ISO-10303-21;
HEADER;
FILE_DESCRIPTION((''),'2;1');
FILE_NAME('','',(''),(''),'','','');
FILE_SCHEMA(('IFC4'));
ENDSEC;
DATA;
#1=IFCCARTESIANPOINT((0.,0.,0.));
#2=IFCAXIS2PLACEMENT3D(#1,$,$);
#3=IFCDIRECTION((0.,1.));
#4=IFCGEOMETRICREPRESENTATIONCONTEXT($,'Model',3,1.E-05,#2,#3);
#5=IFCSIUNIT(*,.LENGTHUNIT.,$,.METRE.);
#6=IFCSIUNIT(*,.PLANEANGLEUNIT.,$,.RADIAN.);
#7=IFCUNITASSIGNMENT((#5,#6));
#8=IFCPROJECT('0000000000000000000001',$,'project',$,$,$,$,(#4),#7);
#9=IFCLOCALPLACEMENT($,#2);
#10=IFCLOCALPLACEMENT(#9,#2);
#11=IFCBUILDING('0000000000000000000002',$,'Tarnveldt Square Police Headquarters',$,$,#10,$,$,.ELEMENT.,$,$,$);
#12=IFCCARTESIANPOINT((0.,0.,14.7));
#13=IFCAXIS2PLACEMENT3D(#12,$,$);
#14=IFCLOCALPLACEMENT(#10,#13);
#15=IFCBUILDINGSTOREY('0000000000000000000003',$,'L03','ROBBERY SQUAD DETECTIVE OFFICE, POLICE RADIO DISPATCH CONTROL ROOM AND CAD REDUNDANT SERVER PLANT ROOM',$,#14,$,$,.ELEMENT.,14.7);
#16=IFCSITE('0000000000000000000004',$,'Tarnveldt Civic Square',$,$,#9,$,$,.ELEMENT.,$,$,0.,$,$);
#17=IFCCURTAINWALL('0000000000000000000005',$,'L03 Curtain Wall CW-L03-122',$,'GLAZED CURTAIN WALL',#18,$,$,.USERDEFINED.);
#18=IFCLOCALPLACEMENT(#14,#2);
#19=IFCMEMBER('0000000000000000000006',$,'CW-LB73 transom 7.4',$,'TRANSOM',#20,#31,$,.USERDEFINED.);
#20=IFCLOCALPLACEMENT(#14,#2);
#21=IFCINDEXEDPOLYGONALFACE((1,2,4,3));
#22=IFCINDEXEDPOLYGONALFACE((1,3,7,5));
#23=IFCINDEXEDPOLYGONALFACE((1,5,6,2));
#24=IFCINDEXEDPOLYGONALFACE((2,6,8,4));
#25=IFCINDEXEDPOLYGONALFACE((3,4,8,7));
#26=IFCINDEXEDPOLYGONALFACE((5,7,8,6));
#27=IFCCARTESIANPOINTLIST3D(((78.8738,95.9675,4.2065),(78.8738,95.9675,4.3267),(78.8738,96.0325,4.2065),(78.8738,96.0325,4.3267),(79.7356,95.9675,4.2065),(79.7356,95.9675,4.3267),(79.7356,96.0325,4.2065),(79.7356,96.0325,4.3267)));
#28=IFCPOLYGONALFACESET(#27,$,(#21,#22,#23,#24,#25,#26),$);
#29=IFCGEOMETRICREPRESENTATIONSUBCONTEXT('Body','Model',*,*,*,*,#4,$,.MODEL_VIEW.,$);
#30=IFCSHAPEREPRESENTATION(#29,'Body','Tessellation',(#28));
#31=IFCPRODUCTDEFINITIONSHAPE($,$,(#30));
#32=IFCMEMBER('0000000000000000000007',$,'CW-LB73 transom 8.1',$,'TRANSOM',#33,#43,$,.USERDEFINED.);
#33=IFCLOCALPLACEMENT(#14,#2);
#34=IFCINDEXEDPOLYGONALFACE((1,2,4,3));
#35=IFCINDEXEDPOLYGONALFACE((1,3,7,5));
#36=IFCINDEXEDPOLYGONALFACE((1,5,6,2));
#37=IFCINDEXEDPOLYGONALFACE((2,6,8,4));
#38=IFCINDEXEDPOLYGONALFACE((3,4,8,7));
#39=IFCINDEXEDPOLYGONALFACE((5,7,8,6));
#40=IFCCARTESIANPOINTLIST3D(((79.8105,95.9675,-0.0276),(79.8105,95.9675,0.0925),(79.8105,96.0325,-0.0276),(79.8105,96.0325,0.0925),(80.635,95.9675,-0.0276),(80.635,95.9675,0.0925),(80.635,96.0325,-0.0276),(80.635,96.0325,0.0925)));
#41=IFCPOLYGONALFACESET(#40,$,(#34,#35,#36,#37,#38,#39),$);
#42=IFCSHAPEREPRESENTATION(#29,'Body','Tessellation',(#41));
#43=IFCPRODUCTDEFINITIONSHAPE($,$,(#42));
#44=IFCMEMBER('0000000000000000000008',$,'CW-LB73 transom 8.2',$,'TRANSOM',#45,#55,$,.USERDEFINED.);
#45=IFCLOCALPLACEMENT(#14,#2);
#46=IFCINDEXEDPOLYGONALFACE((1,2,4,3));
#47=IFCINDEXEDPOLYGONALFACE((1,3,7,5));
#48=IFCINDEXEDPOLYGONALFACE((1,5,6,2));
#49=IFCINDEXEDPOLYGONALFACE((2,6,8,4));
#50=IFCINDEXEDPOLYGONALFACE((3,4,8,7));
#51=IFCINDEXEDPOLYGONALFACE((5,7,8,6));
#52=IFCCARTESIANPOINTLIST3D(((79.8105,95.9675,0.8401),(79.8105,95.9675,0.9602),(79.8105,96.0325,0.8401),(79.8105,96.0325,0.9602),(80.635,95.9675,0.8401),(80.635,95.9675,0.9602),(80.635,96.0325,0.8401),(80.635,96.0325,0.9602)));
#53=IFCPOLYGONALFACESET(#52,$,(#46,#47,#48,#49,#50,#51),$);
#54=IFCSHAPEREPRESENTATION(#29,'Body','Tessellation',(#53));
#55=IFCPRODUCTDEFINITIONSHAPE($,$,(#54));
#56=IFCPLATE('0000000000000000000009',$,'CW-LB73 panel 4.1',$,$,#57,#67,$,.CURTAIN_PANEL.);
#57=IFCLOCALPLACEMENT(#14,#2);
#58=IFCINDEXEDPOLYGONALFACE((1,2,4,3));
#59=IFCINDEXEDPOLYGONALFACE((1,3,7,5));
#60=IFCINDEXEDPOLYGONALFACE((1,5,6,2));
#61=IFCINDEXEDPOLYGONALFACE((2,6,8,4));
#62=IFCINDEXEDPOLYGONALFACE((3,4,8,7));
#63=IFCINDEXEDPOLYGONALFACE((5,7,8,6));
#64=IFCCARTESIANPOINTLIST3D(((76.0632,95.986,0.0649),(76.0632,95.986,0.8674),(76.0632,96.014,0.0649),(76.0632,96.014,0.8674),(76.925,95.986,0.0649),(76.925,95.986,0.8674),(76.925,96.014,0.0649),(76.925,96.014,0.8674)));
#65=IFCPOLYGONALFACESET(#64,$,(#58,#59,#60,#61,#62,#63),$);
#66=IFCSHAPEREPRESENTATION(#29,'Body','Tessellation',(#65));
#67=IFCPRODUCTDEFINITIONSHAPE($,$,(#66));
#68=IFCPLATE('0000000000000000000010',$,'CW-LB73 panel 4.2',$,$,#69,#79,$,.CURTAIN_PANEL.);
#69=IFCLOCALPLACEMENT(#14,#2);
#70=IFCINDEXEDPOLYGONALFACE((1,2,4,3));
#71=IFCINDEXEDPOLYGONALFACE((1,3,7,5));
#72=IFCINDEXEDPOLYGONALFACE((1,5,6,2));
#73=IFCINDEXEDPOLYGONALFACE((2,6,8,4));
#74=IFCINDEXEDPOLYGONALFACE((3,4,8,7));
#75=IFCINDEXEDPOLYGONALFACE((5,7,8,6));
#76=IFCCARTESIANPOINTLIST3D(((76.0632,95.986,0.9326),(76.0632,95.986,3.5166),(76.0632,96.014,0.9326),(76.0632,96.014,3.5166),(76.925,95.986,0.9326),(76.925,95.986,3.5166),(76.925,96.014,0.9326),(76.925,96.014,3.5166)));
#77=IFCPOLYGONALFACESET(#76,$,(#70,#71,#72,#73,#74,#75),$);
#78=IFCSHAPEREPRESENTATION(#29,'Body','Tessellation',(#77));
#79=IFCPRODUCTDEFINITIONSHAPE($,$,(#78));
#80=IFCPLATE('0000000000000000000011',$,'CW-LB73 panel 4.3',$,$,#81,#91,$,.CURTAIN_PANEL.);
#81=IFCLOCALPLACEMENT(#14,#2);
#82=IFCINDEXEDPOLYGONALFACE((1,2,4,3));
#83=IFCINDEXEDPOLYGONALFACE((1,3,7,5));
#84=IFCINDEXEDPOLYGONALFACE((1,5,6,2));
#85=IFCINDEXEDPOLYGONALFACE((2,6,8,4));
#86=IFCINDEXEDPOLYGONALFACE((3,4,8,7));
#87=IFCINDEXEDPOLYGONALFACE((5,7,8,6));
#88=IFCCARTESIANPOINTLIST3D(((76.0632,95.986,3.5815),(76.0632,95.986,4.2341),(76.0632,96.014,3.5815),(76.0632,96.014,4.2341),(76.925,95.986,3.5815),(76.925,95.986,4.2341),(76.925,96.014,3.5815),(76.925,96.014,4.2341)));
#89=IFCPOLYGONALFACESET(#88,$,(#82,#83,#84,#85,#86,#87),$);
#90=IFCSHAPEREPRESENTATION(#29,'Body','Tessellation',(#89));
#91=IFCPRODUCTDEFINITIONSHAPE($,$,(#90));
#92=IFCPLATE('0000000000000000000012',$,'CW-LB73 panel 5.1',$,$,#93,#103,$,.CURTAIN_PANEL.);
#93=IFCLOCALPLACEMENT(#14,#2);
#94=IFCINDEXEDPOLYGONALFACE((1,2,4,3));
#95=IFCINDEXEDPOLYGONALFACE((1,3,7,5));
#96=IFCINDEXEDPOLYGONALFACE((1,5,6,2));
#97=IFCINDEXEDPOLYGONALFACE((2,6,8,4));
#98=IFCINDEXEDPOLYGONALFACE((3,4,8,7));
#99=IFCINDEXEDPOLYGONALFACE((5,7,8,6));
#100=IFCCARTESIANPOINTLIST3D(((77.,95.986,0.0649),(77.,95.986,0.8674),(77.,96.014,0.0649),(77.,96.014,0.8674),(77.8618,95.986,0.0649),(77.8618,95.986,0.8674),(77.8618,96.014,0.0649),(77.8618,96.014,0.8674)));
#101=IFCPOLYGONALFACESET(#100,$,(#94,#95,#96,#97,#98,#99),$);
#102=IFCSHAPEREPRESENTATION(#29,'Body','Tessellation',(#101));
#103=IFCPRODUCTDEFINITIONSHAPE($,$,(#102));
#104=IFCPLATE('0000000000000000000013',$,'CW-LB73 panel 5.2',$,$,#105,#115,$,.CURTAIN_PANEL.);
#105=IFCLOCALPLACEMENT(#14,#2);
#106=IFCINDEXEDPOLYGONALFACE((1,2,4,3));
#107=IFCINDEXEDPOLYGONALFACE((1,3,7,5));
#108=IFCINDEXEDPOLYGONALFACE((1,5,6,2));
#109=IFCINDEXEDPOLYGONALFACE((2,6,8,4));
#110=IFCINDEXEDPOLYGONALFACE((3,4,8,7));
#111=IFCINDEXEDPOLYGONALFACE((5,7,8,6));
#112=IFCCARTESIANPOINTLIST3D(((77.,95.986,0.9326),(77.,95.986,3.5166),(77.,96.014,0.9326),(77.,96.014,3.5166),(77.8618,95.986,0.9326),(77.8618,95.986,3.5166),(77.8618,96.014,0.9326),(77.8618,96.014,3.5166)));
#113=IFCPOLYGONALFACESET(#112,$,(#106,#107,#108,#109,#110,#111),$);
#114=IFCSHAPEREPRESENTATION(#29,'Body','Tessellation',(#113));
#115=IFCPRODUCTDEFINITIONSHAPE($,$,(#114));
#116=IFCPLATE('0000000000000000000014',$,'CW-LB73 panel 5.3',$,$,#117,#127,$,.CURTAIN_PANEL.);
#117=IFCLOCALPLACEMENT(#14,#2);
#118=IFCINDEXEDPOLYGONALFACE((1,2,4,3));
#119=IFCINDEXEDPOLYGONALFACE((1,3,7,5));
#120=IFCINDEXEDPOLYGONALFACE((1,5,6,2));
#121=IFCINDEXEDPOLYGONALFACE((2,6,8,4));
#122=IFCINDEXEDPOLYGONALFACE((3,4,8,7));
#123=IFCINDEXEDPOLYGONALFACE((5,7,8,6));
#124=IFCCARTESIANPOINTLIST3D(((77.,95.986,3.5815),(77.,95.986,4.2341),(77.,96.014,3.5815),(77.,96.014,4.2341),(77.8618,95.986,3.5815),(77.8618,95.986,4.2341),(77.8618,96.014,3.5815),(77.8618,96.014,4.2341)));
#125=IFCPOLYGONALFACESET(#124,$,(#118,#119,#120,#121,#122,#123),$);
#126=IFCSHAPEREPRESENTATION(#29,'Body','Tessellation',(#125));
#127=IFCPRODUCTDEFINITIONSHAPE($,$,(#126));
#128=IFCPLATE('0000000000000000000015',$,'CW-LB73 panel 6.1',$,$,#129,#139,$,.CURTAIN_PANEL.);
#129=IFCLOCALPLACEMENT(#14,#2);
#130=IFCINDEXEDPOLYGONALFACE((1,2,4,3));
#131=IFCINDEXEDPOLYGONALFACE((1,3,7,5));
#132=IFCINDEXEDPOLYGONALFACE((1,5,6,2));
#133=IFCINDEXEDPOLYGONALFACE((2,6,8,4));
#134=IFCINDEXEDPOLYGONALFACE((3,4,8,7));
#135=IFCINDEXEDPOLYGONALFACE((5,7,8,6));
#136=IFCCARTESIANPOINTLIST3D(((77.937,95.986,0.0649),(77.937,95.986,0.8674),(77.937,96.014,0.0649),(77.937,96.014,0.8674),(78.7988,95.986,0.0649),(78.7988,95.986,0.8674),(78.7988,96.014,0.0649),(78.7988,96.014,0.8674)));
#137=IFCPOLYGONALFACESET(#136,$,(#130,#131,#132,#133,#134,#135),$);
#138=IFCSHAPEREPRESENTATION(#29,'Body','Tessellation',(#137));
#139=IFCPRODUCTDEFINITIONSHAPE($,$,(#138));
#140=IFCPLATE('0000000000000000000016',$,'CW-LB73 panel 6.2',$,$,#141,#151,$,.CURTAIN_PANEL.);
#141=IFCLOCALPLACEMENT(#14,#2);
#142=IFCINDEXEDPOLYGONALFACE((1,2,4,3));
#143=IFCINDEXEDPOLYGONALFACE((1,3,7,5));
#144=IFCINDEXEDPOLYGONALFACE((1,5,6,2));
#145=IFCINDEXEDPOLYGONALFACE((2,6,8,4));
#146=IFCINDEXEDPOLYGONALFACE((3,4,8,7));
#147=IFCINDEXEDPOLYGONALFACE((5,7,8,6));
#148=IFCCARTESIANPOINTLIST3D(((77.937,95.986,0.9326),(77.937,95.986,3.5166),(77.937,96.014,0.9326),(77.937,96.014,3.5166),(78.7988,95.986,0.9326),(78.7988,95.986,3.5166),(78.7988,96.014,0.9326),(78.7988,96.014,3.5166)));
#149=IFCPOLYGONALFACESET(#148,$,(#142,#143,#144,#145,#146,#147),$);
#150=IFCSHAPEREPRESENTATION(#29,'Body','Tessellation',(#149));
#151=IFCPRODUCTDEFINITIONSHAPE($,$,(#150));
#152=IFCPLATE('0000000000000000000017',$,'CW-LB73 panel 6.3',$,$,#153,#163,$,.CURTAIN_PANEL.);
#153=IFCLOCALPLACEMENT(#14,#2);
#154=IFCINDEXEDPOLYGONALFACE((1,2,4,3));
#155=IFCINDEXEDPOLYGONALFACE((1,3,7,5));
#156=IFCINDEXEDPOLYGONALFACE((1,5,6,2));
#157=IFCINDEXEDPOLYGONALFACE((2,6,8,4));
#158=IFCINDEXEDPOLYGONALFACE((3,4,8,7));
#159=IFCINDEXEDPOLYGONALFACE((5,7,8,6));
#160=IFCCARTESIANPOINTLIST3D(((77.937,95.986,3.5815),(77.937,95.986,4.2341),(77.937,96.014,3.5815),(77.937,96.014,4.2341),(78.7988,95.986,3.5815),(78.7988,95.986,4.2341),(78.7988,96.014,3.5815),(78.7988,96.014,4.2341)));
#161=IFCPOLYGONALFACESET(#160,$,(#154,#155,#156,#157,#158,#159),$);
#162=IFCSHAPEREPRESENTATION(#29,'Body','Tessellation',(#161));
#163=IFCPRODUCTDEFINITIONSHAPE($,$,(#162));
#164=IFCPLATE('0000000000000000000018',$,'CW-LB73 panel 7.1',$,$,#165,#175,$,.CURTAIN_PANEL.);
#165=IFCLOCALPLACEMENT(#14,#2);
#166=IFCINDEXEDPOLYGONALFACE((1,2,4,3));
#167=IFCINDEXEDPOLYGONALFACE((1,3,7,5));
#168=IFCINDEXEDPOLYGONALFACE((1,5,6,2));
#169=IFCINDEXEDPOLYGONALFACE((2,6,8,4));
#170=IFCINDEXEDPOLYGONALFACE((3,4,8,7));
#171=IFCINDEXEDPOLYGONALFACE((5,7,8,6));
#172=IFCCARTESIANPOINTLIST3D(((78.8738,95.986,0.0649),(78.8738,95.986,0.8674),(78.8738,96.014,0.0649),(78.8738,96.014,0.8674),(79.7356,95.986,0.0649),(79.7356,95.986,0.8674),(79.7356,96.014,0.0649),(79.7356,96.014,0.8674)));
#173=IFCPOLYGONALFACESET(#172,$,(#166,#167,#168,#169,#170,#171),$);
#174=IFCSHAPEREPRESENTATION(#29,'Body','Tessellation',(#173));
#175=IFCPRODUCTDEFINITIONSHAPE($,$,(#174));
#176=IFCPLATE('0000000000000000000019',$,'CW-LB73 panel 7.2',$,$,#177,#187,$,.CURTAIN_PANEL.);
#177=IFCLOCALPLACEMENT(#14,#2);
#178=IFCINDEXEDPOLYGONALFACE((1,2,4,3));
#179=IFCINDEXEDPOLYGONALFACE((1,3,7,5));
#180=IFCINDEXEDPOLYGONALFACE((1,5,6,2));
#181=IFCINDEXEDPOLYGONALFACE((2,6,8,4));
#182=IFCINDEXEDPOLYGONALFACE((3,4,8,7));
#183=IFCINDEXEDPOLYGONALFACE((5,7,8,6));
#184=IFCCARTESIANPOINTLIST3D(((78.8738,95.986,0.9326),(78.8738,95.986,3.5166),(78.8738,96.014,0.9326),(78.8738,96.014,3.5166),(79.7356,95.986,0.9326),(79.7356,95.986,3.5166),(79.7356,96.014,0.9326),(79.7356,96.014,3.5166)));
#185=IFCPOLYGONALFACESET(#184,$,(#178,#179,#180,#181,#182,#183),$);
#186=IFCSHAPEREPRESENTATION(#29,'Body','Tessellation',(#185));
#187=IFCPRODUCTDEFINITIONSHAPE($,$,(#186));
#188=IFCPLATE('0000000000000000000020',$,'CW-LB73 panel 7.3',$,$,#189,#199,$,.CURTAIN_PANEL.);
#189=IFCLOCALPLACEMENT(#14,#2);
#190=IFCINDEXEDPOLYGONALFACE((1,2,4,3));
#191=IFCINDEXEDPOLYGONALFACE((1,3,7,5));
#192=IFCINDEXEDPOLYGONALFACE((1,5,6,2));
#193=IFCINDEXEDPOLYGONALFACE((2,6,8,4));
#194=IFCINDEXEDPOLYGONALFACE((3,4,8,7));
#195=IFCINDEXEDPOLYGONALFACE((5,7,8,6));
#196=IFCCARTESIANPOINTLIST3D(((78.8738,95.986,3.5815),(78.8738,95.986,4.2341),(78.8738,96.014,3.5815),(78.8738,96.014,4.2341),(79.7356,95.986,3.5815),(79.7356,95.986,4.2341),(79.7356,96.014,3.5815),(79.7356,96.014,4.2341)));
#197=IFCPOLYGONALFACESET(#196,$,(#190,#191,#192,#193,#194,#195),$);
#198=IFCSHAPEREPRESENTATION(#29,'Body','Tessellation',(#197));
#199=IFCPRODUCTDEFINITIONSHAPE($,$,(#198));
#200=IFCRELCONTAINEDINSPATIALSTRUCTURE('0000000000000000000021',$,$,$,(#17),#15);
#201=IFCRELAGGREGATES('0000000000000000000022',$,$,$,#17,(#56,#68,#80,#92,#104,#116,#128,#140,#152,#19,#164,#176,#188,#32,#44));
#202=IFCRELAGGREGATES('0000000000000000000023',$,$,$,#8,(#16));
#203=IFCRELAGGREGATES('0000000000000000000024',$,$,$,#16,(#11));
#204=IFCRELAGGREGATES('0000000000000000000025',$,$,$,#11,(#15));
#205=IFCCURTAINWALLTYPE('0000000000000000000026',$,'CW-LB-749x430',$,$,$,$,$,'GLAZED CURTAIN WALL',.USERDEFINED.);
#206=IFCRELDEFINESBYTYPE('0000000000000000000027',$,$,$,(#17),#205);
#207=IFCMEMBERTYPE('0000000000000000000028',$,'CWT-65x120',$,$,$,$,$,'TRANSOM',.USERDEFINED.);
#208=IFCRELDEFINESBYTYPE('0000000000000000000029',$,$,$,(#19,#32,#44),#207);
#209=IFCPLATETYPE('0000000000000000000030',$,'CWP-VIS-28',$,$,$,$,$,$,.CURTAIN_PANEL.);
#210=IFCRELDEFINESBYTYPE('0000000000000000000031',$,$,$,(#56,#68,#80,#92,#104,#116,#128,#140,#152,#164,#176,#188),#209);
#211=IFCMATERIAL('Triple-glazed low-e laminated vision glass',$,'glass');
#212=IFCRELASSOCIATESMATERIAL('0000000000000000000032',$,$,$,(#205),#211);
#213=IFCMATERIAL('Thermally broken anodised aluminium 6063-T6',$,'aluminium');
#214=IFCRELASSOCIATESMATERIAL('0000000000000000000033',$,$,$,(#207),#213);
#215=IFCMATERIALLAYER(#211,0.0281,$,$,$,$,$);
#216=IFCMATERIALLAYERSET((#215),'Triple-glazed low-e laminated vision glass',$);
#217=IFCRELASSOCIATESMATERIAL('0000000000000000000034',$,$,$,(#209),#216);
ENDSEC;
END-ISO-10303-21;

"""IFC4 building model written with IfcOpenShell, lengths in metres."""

from ifc_helpers import new_model, si_unit, direction, frame, origin, origin_2d, place, context, subcontext, project, spatial, rectangle, extrude, material, layer, layer_set, material_profile, profile_set, type_object, element, aggregate, save


model = new_model("IFC4")

# Units and contexts
model_context = context("Model", 3, precision=1e-05, world=origin(), true_north=direction((0.0, 1.0)))
body_context = subcontext(model_context, "Body", "Model", "MODEL_VIEW")
ifc_project = project(units=[si_unit("LENGTHUNIT", "METRE"), si_unit("PLANEANGLEUNIT", "RADIAN")], contexts=[model_context])

# Site, building, storey
site_placement = place(None, origin())
site = spatial("IfcSite", under=ifc_project, at=site_placement, Name="Tarnveldt Civic Square", CompositionType="ELEMENT", RefElevation=0.0)
building_placement = place(site_placement, origin())
building = spatial("IfcBuilding", under=site, at=building_placement, Name="Tarnveldt Square Police Headquarters", CompositionType="ELEMENT")
storey_placement = place(building_placement, frame((0.0, 0.0, 14.7)))
storey = spatial("IfcBuildingStorey", under=building, at=storey_placement, Name="L03", Description="ROBBERY SQUAD DETECTIVE OFFICE, POLICE RADIO DISPATCH CONTROL ROOM AND CAD REDUNDANT SERVER PLANT ROOM", CompositionType="ELEMENT", Elevation=14.7)

# Curtain wall, members, plates
ifc_material_1 = material(Name="Triple-glazed low-e laminated vision glass", Category="glass")
curtain_wall_type = type_object("IfcCurtainWallType", Name="CW-LB-749x430", ElementType="GLAZED CURTAIN WALL", PredefinedType="USERDEFINED", material=ifc_material_1)
curtain_wall_placement = place(storey_placement, origin())
curtain_wall = element("IfcCurtainWall", 1, at=curtain_wall_placement, inside=storey, type_object=curtain_wall_type, Name="L03 Curtain Wall CW-L03-122", ObjectType="GLAZED CURTAIN WALL", PredefinedType="USERDEFINED")
ifc_material_2 = material(Name="Thermally broken anodised aluminium 6063-T6", Category="aluminium")
ifc_material_profile_1 = material_profile(ifc_material_2, rectangle(XDim=0.0649, YDim=0.1201, at=origin_2d()), Name="CW-T65x120")
ifc_profile_set_1 = profile_set([ifc_material_profile_1], Name="Thermally broken anodised aluminium 6063-T6")
member_type_1 = type_object("IfcMemberType", Name="CWT-65x120", ElementType="TRANSOM", PredefinedType="USERDEFINED", material=ifc_profile_set_1)
member_1_placement = place(storey_placement, frame((78.8738, 96.0, 4.2666), z_axis=(1.0, 0.0, 0.0), x_axis=(0.0, 1.0, 0.0)))
member_1 = element("IfcMember", 2, at=member_1_placement, type_object=member_type_1, Name="CW-LB73 transom 7.4", ObjectType="TRANSOM", PredefinedType="USERDEFINED", context=body_context, shape_type="SweptSolid", body=[
    extrude(rectangle(XDim=0.0649, YDim=0.1201, at=origin_2d()), origin(), (0.0, 0.0, 1.0), 0.8618),
])
member_2_placement = place(storey_placement, frame((79.8105, 96.0, 0.0325), z_axis=(1.0, 0.0, 0.0), x_axis=(0.0, 1.0, 0.0)))
member_2 = element("IfcMember", 3, at=member_2_placement, type_object=member_type_1, Name="CW-LB73 transom 8.1", ObjectType="TRANSOM", PredefinedType="USERDEFINED", context=body_context, shape_type="SweptSolid", body=[
    extrude(rectangle(XDim=0.0649, YDim=0.1201, at=origin_2d()), origin(), (0.0, 0.0, 1.0), 0.8245),
])
member_3_placement = place(storey_placement, frame((79.8105, 96.0, 0.9001), z_axis=(1.0, 0.0, 0.0), x_axis=(0.0, 1.0, 0.0)))
member_3 = element("IfcMember", 4, at=member_3_placement, type_object=member_type_1, Name="CW-LB73 transom 8.2", ObjectType="TRANSOM", PredefinedType="USERDEFINED", context=body_context, shape_type="SweptSolid", body=[
    extrude(rectangle(XDim=0.0649, YDim=0.1201, at=origin_2d()), origin(), (0.0, 0.0, 1.0), 0.8245),
])
ifc_layer = layer(ifc_material_1, 0.0281)
ifc_layer_set = layer_set([ifc_layer], Name="Triple-glazed low-e laminated vision glass")
plate_type = type_object("IfcPlateType", Name="CWP-VIS-28", PredefinedType="CURTAIN_PANEL", material=ifc_layer_set)
plate_1_placement = place(storey_placement, frame((76.4941, 96.0, 0.0649), z_axis=(0.0, 0.0, 1.0), x_axis=(1.0, 0.0, 0.0)))
plate_1 = element("IfcPlate", 5, at=plate_1_placement, type_object=plate_type, Name="CW-LB73 panel 4.1", PredefinedType="CURTAIN_PANEL", context=body_context, shape_type="SweptSolid", body=[
    extrude(rectangle(XDim=0.8618, YDim=0.0281, at=origin_2d()), origin(), (0.0, 0.0, 1.0), 0.8025),
])
plate_2_placement = place(storey_placement, frame((76.4941, 96.0, 0.9326), z_axis=(0.0, 0.0, 1.0), x_axis=(1.0, 0.0, 0.0)))
plate_2 = element("IfcPlate", 6, at=plate_2_placement, type_object=plate_type, Name="CW-LB73 panel 4.2", PredefinedType="CURTAIN_PANEL", context=body_context, shape_type="SweptSolid", body=[
    extrude(rectangle(XDim=0.8618, YDim=0.0281, at=origin_2d()), origin(), (0.0, 0.0, 1.0), 2.584),
])
plate_3_placement = place(storey_placement, frame((76.4941, 96.0, 3.5815), z_axis=(0.0, 0.0, 1.0), x_axis=(1.0, 0.0, 0.0)))
plate_3 = element("IfcPlate", 7, at=plate_3_placement, type_object=plate_type, Name="CW-LB73 panel 4.3", PredefinedType="CURTAIN_PANEL", context=body_context, shape_type="SweptSolid", body=[
    extrude(rectangle(XDim=0.8618, YDim=0.0281, at=origin_2d()), origin(), (0.0, 0.0, 1.0), 0.6526),
])
plate_4_placement = place(storey_placement, frame((77.4309, 96.0, 0.0649), z_axis=(0.0, 0.0, 1.0), x_axis=(1.0, 0.0, 0.0)))
plate_4 = element("IfcPlate", 8, at=plate_4_placement, type_object=plate_type, Name="CW-LB73 panel 5.1", PredefinedType="CURTAIN_PANEL", context=body_context, shape_type="SweptSolid", body=[
    extrude(rectangle(XDim=0.8618, YDim=0.0281, at=origin_2d()), origin(), (0.0, 0.0, 1.0), 0.8025),
])
plate_5_placement = place(storey_placement, frame((77.4309, 96.0, 0.9326), z_axis=(0.0, 0.0, 1.0), x_axis=(1.0, 0.0, 0.0)))
plate_5 = element("IfcPlate", 9, at=plate_5_placement, type_object=plate_type, Name="CW-LB73 panel 5.2", PredefinedType="CURTAIN_PANEL", context=body_context, shape_type="SweptSolid", body=[
    extrude(rectangle(XDim=0.8618, YDim=0.0281, at=origin_2d()), origin(), (0.0, 0.0, 1.0), 2.584),
])
plate_6_placement = place(storey_placement, frame((77.4309, 96.0, 3.5815), z_axis=(0.0, 0.0, 1.0), x_axis=(1.0, 0.0, 0.0)))
plate_6 = element("IfcPlate", 10, at=plate_6_placement, type_object=plate_type, Name="CW-LB73 panel 5.3", PredefinedType="CURTAIN_PANEL", context=body_context, shape_type="SweptSolid", body=[
    extrude(rectangle(XDim=0.8618, YDim=0.0281, at=origin_2d()), origin(), (0.0, 0.0, 1.0), 0.6526),
])
plate_7_placement = place(storey_placement, frame((78.3679, 96.0, 0.0649), z_axis=(0.0, 0.0, 1.0), x_axis=(1.0, 0.0, 0.0)))
plate_7 = element("IfcPlate", 11, at=plate_7_placement, type_object=plate_type, Name="CW-LB73 panel 6.1", PredefinedType="CURTAIN_PANEL", context=body_context, shape_type="SweptSolid", body=[
    extrude(rectangle(XDim=0.8618, YDim=0.0281, at=origin_2d()), origin(), (0.0, 0.0, 1.0), 0.8025),
])
plate_8_placement = place(storey_placement, frame((78.3679, 96.0, 0.9326), z_axis=(0.0, 0.0, 1.0), x_axis=(1.0, 0.0, 0.0)))
plate_8 = element("IfcPlate", 12, at=plate_8_placement, type_object=plate_type, Name="CW-LB73 panel 6.2", PredefinedType="CURTAIN_PANEL", context=body_context, shape_type="SweptSolid", body=[
    extrude(rectangle(XDim=0.8618, YDim=0.0281, at=origin_2d()), origin(), (0.0, 0.0, 1.0), 2.584),
])
plate_9_placement = place(storey_placement, frame((78.3679, 96.0, 3.5815), z_axis=(0.0, 0.0, 1.0), x_axis=(1.0, 0.0, 0.0)))
plate_9 = element("IfcPlate", 13, at=plate_9_placement, type_object=plate_type, Name="CW-LB73 panel 6.3", PredefinedType="CURTAIN_PANEL", context=body_context, shape_type="SweptSolid", body=[
    extrude(rectangle(XDim=0.8618, YDim=0.0281, at=origin_2d()), origin(), (0.0, 0.0, 1.0), 0.6526),
])
plate_10_placement = place(storey_placement, frame((79.3047, 96.0, 0.0649), z_axis=(0.0, 0.0, 1.0), x_axis=(1.0, 0.0, 0.0)))
plate_10 = element("IfcPlate", 14, at=plate_10_placement, type_object=plate_type, Name="CW-LB73 panel 7.1", PredefinedType="CURTAIN_PANEL", context=body_context, shape_type="SweptSolid", body=[
    extrude(rectangle(XDim=0.8618, YDim=0.0281, at=origin_2d()), origin(), (0.0, 0.0, 1.0), 0.8025),
])
plate_11_placement = place(storey_placement, frame((79.3047, 96.0, 0.9326), z_axis=(0.0, 0.0, 1.0), x_axis=(1.0, 0.0, 0.0)))
plate_11 = element("IfcPlate", 15, at=plate_11_placement, type_object=plate_type, Name="CW-LB73 panel 7.2", PredefinedType="CURTAIN_PANEL", context=body_context, shape_type="SweptSolid", body=[
    extrude(rectangle(XDim=0.8618, YDim=0.0281, at=origin_2d()), origin(), (0.0, 0.0, 1.0), 2.584),
])
plate_12_placement = place(storey_placement, frame((79.3047, 96.0, 3.5815), z_axis=(0.0, 0.0, 1.0), x_axis=(1.0, 0.0, 0.0)))
plate_12 = element("IfcPlate", 16, at=plate_12_placement, type_object=plate_type, Name="CW-LB73 panel 7.3", PredefinedType="CURTAIN_PANEL", context=body_context, shape_type="SweptSolid", body=[
    extrude(rectangle(XDim=0.8618, YDim=0.0281, at=origin_2d()), origin(), (0.0, 0.0, 1.0), 0.6526),
])
aggregate(curtain_wall, [plate_1, plate_2, plate_3, plate_4, plate_5, plate_6, plate_7, plate_8, plate_9, member_1, plate_10, plate_11, plate_12, member_2, member_3])

save(model, "model.ifc")
